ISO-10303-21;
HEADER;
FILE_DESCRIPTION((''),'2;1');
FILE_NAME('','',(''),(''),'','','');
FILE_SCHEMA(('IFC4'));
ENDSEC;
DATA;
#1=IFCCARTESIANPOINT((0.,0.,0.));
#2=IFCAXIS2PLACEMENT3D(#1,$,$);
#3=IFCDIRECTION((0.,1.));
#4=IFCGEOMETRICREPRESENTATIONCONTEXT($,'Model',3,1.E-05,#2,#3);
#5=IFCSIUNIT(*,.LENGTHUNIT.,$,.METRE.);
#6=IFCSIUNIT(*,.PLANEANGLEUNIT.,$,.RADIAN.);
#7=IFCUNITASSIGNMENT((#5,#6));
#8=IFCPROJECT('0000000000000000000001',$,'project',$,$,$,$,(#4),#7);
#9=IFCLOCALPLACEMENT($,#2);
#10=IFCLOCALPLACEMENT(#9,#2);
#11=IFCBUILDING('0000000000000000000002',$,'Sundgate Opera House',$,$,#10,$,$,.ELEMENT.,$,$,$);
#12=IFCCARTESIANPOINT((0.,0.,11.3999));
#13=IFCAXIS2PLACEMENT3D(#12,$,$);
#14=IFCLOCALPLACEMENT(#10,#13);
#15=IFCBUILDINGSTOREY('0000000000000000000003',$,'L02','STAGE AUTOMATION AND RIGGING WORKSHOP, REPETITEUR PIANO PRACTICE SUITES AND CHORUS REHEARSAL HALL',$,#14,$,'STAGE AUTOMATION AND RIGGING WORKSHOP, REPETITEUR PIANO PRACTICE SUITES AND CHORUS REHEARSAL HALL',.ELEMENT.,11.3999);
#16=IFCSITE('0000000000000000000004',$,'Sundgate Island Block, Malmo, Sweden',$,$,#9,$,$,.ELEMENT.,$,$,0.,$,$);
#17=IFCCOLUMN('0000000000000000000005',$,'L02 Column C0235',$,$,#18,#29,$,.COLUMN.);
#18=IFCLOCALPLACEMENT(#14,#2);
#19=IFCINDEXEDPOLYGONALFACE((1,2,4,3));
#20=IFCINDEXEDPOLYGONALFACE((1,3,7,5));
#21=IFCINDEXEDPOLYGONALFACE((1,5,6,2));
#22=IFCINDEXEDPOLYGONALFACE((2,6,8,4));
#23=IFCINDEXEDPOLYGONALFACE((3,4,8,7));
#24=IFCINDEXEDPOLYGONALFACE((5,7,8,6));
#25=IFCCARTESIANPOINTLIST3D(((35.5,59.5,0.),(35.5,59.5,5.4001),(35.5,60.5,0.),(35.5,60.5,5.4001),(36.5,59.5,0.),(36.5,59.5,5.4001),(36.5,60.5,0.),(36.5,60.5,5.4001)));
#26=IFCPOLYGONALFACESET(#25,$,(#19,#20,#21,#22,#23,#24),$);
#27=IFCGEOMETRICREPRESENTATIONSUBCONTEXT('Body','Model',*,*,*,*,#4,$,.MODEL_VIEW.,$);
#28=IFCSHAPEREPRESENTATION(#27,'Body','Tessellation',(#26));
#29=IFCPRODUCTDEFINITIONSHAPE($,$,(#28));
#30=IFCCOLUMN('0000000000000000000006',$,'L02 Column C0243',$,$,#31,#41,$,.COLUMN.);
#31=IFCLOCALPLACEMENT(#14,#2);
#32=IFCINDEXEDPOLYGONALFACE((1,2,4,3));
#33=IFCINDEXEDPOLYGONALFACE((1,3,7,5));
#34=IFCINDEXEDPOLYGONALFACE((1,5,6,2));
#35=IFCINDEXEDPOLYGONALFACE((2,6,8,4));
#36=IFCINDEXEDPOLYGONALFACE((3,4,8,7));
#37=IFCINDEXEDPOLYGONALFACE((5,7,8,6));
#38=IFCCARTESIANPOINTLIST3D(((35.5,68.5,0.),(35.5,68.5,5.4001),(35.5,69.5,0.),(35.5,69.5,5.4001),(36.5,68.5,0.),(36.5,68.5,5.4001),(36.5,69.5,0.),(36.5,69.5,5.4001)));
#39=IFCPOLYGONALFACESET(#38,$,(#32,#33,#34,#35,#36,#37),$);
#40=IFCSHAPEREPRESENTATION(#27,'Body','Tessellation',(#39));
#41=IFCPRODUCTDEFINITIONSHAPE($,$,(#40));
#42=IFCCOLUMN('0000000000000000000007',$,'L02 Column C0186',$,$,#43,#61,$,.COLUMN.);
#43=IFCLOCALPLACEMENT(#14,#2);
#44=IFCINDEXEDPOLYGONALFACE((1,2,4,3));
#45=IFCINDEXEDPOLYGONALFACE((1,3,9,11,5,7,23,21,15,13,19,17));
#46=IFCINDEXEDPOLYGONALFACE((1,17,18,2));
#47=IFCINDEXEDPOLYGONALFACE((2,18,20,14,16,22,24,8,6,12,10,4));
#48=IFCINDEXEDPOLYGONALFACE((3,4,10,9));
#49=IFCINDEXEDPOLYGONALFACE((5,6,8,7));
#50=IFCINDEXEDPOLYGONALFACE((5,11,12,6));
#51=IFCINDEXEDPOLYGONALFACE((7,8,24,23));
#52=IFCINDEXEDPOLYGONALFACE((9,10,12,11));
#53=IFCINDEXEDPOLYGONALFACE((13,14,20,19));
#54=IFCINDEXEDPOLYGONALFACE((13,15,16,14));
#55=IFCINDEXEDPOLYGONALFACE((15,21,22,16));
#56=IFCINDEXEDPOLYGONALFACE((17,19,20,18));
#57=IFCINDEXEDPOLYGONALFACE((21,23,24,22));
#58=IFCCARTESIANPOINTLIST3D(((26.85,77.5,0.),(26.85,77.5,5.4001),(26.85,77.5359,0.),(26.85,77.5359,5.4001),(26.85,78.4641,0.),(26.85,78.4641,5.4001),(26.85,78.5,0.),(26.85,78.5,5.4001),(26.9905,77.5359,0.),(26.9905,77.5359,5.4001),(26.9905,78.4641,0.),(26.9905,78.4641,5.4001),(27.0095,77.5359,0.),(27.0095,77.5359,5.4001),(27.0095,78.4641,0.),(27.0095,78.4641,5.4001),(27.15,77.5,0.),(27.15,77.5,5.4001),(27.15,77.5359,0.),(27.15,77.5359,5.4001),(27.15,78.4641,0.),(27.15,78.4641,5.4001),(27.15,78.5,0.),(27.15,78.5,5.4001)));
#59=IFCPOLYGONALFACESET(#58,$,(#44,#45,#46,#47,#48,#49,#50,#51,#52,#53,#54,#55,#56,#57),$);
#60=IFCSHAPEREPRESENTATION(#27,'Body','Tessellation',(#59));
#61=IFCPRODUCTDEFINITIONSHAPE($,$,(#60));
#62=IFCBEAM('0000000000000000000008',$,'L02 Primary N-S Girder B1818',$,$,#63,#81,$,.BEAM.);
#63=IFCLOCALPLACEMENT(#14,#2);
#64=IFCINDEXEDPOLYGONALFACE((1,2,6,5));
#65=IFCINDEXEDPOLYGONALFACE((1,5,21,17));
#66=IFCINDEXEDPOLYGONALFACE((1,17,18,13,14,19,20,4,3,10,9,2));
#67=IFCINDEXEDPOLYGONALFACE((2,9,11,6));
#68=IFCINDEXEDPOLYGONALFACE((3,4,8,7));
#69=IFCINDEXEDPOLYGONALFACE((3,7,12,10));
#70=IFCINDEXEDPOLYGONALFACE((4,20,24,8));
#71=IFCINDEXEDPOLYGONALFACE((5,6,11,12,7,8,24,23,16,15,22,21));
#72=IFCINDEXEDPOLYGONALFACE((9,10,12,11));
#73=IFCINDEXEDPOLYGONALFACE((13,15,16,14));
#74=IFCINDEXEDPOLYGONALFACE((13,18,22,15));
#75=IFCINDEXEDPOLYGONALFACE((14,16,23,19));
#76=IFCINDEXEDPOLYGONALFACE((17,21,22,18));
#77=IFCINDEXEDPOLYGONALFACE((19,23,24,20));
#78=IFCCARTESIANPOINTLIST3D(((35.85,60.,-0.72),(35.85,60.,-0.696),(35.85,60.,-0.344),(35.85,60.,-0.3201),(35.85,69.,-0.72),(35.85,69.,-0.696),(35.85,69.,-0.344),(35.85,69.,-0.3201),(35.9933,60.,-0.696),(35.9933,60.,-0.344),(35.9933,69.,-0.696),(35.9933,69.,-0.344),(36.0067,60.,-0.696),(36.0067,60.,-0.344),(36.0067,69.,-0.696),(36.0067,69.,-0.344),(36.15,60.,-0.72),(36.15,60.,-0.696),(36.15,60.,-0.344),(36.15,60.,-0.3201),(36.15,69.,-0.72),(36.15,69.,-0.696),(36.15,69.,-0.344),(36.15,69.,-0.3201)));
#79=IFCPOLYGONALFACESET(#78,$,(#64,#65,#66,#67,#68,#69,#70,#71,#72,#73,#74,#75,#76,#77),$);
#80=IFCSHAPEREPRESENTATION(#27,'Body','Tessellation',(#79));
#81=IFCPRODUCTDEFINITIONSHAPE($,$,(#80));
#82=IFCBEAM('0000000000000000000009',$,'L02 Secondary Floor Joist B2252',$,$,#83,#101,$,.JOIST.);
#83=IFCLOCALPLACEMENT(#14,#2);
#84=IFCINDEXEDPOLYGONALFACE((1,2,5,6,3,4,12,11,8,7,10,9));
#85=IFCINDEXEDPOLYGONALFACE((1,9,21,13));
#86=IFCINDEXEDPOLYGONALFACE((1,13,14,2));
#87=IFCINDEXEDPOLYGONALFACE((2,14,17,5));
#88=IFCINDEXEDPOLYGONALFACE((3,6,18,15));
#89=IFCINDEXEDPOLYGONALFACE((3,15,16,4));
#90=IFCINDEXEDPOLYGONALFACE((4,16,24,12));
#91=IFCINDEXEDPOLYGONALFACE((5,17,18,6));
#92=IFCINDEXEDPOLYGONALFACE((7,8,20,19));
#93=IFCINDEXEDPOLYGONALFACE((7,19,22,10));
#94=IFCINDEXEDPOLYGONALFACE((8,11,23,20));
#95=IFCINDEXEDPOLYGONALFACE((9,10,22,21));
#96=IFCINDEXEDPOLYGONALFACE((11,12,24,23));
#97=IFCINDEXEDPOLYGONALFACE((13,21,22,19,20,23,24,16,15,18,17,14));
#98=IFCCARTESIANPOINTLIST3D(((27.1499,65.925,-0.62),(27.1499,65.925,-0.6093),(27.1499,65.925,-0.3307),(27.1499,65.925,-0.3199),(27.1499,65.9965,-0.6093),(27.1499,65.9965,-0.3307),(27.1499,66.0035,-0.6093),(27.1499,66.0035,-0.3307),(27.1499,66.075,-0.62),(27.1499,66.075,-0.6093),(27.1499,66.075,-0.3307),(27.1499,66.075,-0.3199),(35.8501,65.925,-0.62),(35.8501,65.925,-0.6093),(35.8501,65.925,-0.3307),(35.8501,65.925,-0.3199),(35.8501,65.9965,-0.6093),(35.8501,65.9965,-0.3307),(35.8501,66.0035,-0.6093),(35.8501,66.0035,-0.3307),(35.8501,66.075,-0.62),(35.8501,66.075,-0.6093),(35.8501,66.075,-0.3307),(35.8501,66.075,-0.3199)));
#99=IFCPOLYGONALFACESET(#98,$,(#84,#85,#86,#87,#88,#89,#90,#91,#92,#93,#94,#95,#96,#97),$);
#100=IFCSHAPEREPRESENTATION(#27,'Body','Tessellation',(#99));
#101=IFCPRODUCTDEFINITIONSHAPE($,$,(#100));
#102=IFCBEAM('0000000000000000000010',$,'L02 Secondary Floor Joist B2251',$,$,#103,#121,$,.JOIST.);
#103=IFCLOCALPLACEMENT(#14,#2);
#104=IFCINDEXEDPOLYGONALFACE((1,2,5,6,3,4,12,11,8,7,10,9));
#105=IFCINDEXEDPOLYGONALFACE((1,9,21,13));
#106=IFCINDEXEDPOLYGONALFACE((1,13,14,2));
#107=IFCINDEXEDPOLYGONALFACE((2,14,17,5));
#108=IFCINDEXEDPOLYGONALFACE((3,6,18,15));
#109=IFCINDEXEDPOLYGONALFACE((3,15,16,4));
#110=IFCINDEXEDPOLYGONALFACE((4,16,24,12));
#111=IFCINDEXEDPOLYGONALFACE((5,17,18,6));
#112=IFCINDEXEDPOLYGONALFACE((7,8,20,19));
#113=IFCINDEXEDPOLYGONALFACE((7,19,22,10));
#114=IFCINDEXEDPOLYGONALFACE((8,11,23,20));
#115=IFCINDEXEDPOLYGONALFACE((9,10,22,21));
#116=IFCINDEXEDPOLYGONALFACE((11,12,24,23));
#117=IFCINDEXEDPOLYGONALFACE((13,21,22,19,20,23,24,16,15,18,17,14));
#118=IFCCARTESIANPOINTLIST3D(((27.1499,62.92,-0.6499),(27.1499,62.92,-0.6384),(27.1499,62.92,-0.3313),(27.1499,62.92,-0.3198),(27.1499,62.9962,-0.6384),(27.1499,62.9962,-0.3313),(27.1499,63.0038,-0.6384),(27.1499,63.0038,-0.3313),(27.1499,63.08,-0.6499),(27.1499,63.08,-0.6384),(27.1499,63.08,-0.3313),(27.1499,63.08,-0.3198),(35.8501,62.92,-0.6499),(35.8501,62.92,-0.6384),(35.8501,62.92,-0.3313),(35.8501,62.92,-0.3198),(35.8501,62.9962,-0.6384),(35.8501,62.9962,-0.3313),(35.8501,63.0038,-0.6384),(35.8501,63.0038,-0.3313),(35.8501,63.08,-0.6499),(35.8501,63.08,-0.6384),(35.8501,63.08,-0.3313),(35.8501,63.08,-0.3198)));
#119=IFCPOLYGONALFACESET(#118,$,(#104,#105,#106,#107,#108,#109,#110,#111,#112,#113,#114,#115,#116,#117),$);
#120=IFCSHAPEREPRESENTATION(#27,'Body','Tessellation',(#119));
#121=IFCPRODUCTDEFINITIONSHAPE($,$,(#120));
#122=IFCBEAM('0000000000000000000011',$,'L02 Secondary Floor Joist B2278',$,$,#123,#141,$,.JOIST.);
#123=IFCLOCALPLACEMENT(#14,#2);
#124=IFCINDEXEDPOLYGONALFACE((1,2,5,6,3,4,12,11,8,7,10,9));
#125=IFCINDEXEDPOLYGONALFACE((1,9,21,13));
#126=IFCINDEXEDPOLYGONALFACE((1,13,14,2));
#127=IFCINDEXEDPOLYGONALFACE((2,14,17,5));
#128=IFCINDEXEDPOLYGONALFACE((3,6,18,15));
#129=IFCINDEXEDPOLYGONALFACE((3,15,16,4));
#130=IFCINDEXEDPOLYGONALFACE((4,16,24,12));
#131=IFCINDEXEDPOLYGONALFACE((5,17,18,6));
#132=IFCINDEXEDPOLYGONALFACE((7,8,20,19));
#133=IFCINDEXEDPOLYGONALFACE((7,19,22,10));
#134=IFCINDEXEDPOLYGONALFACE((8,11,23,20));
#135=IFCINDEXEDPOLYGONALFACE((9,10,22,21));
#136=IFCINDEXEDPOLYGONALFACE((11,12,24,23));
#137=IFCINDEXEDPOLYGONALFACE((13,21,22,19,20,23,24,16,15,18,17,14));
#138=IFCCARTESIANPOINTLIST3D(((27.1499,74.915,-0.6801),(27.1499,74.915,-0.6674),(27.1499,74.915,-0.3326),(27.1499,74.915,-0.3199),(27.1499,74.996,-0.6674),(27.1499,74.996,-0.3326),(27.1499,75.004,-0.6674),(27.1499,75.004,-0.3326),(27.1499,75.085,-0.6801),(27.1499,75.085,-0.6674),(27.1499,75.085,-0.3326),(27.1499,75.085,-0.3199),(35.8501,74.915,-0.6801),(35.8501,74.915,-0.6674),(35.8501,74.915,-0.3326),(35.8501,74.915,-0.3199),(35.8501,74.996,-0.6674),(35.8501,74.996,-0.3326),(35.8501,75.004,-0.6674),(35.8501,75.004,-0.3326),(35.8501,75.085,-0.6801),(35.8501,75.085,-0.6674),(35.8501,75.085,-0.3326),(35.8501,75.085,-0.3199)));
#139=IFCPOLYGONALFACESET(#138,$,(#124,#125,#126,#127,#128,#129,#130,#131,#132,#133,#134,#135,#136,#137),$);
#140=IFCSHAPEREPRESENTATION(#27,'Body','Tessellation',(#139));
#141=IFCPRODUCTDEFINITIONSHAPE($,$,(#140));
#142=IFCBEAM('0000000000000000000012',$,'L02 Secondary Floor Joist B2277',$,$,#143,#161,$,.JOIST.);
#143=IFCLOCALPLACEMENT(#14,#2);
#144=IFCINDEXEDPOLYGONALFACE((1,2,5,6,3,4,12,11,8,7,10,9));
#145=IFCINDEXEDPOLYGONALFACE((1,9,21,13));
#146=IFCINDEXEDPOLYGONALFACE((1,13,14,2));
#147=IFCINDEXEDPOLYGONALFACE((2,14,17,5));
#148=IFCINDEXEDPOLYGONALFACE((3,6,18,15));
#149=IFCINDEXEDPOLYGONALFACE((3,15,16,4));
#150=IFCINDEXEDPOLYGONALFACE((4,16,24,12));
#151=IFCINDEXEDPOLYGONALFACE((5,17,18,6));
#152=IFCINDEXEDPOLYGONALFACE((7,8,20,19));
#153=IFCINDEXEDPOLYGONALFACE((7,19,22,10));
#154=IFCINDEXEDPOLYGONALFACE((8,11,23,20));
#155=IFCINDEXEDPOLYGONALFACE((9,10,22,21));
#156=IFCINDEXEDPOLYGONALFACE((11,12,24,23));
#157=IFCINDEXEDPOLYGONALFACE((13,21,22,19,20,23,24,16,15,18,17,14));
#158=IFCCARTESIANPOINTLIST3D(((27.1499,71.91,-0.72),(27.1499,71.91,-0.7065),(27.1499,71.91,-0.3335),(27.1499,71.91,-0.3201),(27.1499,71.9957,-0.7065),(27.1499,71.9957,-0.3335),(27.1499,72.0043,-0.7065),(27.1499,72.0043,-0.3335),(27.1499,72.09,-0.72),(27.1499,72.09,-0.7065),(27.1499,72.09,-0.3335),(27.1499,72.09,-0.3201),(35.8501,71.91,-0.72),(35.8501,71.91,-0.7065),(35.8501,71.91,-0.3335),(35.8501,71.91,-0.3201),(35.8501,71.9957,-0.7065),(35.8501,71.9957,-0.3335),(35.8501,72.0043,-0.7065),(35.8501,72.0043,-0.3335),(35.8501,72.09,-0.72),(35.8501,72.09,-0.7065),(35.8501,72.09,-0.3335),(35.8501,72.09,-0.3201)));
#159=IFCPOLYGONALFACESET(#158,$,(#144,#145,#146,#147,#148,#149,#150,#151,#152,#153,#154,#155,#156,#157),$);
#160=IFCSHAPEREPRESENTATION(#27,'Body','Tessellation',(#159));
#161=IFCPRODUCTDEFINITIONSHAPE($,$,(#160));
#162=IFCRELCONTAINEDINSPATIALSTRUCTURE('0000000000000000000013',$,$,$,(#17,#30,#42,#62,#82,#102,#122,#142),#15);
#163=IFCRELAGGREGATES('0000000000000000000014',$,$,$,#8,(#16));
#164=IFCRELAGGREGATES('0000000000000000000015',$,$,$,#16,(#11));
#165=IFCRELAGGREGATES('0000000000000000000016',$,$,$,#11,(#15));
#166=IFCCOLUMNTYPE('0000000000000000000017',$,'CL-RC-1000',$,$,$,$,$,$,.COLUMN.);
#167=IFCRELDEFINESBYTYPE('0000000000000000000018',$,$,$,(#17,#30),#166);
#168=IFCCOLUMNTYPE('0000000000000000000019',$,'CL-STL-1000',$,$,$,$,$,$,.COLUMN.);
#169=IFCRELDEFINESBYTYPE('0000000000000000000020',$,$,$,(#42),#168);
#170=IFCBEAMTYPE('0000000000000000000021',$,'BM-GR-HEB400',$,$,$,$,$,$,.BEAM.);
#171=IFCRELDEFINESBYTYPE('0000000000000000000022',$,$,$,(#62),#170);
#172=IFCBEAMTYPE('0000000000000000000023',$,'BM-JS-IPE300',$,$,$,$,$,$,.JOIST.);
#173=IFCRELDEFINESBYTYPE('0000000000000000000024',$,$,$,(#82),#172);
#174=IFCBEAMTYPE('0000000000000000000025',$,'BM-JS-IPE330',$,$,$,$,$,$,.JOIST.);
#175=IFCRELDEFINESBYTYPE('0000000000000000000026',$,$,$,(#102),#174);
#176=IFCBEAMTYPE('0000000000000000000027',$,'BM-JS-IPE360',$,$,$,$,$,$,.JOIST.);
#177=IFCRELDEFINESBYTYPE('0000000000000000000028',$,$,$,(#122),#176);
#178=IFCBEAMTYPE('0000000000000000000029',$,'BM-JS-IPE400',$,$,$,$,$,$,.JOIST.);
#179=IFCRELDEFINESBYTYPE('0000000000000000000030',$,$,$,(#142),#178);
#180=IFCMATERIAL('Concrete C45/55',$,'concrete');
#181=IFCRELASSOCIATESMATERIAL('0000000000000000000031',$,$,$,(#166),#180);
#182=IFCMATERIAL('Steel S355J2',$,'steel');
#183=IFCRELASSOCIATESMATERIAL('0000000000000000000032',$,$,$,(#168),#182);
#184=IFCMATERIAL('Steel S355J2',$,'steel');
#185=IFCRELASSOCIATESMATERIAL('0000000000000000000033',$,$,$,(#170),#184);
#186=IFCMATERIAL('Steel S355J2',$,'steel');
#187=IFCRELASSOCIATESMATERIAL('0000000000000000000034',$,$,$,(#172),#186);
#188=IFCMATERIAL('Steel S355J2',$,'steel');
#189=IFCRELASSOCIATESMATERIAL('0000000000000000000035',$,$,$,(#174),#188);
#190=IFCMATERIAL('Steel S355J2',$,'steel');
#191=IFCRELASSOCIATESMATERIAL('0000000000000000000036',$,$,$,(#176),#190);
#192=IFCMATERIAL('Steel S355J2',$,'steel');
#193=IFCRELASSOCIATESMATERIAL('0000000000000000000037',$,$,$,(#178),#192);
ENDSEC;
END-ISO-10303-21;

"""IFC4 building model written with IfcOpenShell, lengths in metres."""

from ifc_helpers import new_model, si_unit, direction, frame, origin, origin_2d, place, context, subcontext, project, spatial, rectangle, i_section, extrude, material, material_profile, profile_set, type_object, element, save


model = new_model("IFC4")

# Units and contexts
model_context = context("Model", 3, precision=1e-05, world=origin(), true_north=direction((0.0, 1.0)))
body_context = subcontext(model_context, "Body", "Model", "MODEL_VIEW")
ifc_project = project(units=[si_unit("LENGTHUNIT", "METRE"), si_unit("PLANEANGLEUNIT", "RADIAN")], contexts=[model_context])

# Site, building, storey
site_placement = place(None, origin())
site = spatial("IfcSite", under=ifc_project, at=site_placement, Name="Sundgate Island Block, Malmo, Sweden", CompositionType="ELEMENT", RefElevation=0.0)
building_placement = place(site_placement, origin())
building = spatial("IfcBuilding", under=site, at=building_placement, Name="Sundgate Opera House", CompositionType="ELEMENT")
storey_placement = place(building_placement, frame((0.0, 0.0, 11.3999)))
storey = spatial("IfcBuildingStorey", under=building, at=storey_placement, Name="L02", Description="STAGE AUTOMATION AND RIGGING WORKSHOP, REPETITEUR PIANO PRACTICE SUITES AND CHORUS REHEARSAL HALL", LongName="STAGE AUTOMATION AND RIGGING WORKSHOP, REPETITEUR PIANO PRACTICE SUITES AND CHORUS REHEARSAL HALL", CompositionType="ELEMENT", Elevation=11.3999)

# Columns
ifc_material_1 = material(Name="Concrete C45/55", Category="concrete")
ifc_material_profile_1 = material_profile(ifc_material_1, rectangle(XDim=1.0, YDim=1.0, at=origin_2d()), Name="RC 1000x1000")
ifc_profile_set_1 = profile_set([ifc_material_profile_1], Name="Concrete C45/55")
column_type_1 = type_object("IfcColumnType", Name="CL-RC-1000", PredefinedType="COLUMN", material=ifc_profile_set_1)
for number, where, z_axis, x_axis, name in (
    (1, (36.0, 60.0, 0.0), (0.0, 0.0, 1.0), (1.0, 0.0, 0.0), "L02 Column C0235"),
    (2, (36.0, 69.0, 0.0), (0.0, 0.0, 1.0), (1.0, 0.0, 0.0), "L02 Column C0243"),
):
    element("IfcColumn", number, at=place(storey_placement, frame(where, z_axis=z_axis, x_axis=x_axis)), inside=storey, type_object=column_type_1, Name=name, PredefinedType="COLUMN", context=body_context, shape_type="SweptSolid", body=[
        extrude(rectangle(XDim=1.0, YDim=1.0, at=origin_2d()), origin(), (0.0, 0.0, 1.0), 5.4001),
    ])
ifc_material_2 = material(Name="Steel S355J2", Category="steel")
ifc_material_profile_2 = material_profile(ifc_material_2, i_section(OverallWidth=0.3, OverallDepth=1.0, WebThickness=0.019, FlangeThickness=0.0359, at=origin_2d()), Name="HEB 1000")
ifc_profile_set_2 = profile_set([ifc_material_profile_2], Name="Steel S355J2")
column_type_2 = type_object("IfcColumnType", Name="CL-STL-1000", PredefinedType="COLUMN", material=ifc_profile_set_2)
column_placement = place(storey_placement, frame((27.0, 78.0, 0.0), z_axis=(0.0, 0.0, 1.0), x_axis=(1.0, 0.0, 0.0)))
element("IfcColumn", 3, at=column_placement, inside=storey, type_object=column_type_2, Name="L02 Column C0186", PredefinedType="COLUMN", context=body_context, shape_type="SweptSolid", body=[
    extrude(i_section(OverallWidth=0.3, OverallDepth=1.0, WebThickness=0.019, FlangeThickness=0.0359, at=origin_2d()), origin(), (0.0, 0.0, 1.0), 5.4001),
])

# Beams
ifc_material_3 = material(Name="Steel S355J2", Category="steel")
ifc_material_profile_3 = material_profile(ifc_material_3, i_section(OverallWidth=0.3, OverallDepth=0.3999, WebThickness=0.0134, FlangeThickness=0.0239, at=origin_2d()), Name="HEB 400")
ifc_profile_set_3 = profile_set([ifc_material_profile_3], Name="Steel S355J2")
beam_type_1 = type_object("IfcBeamType", Name="BM-GR-HEB400", PredefinedType="BEAM", material=ifc_profile_set_3)
beam_1_placement = place(storey_placement, frame((36.0, 60.0, -0.52), z_axis=(0.0, 1.0, 0.0), x_axis=(-1.0, 0.0, 0.0)))
element("IfcBeam", 4, at=beam_1_placement, inside=storey, type_object=beam_type_1, Name="L02 Primary N-S Girder B1818", PredefinedType="BEAM", context=body_context, shape_type="SweptSolid", body=[
    extrude(i_section(OverallWidth=0.3, OverallDepth=0.3999, WebThickness=0.0134, FlangeThickness=0.0239, at=origin_2d()), origin(), (0.0, 0.0, 1.0), 9.0),
])
ifc_material_4 = material(Name="Steel S355J2", Category="steel")
ifc_material_profile_4 = material_profile(ifc_material_4, i_section(OverallWidth=0.1499, OverallDepth=0.3, WebThickness=0.0071, FlangeThickness=0.0107, at=origin_2d()), Name="IPE 300")
ifc_profile_set_4 = profile_set([ifc_material_profile_4], Name="Steel S355J2")
beam_type_2 = type_object("IfcBeamType", Name="BM-JS-IPE300", PredefinedType="JOIST", material=ifc_profile_set_4)
beam_2_placement = place(storey_placement, frame((27.1499, 66.0, -0.47), z_axis=(1.0, 0.0, 0.0), x_axis=(0.0, 1.0, 0.0)))
element("IfcBeam", 5, at=beam_2_placement, inside=storey, type_object=beam_type_2, Name="L02 Secondary Floor Joist B2252", PredefinedType="JOIST", context=body_context, shape_type="SweptSolid", body=[
    extrude(i_section(OverallWidth=0.1499, OverallDepth=0.3, WebThickness=0.0071, FlangeThickness=0.0107, at=origin_2d()), origin(), (0.0, 0.0, 1.0), 8.7002),
])
ifc_material_5 = material(Name="Steel S355J2", Category="steel")
ifc_material_profile_5 = material_profile(ifc_material_5, i_section(OverallWidth=0.1599, OverallDepth=0.3301, WebThickness=0.0076, FlangeThickness=0.0115, at=origin_2d()), Name="IPE 330")
ifc_profile_set_5 = profile_set([ifc_material_profile_5], Name="Steel S355J2")
beam_type_3 = type_object("IfcBeamType", Name="BM-JS-IPE330", PredefinedType="JOIST", material=ifc_profile_set_5)
beam_3_placement = place(storey_placement, frame((27.1499, 63.0, -0.4849), z_axis=(1.0, 0.0, 0.0), x_axis=(0.0, 1.0, 0.0)))
element("IfcBeam", 6, at=beam_3_placement, inside=storey, type_object=beam_type_3, Name="L02 Secondary Floor Joist B2251", PredefinedType="JOIST", context=body_context, shape_type="SweptSolid", body=[
    extrude(i_section(OverallWidth=0.1599, OverallDepth=0.3301, WebThickness=0.0076, FlangeThickness=0.0115, at=origin_2d()), origin(), (0.0, 0.0, 1.0), 8.7002),
])
ifc_material_6 = material(Name="Steel S355J2", Category="steel")
ifc_material_profile_6 = material_profile(ifc_material_6, i_section(OverallWidth=0.1699, OverallDepth=0.3601, WebThickness=0.0081, FlangeThickness=0.0127, at=origin_2d()), Name="IPE 360")
ifc_profile_set_6 = profile_set([ifc_material_profile_6], Name="Steel S355J2")
beam_type_4 = type_object("IfcBeamType", Name="BM-JS-IPE360", PredefinedType="JOIST", material=ifc_profile_set_6)
beam_4_placement = place(storey_placement, frame((27.1499, 75.0, -0.5), z_axis=(1.0, 0.0, 0.0), x_axis=(0.0, 1.0, 0.0)))
element("IfcBeam", 7, at=beam_4_placement, inside=storey, type_object=beam_type_4, Name="L02 Secondary Floor Joist B2278", PredefinedType="JOIST", context=body_context, shape_type="SweptSolid", body=[
    extrude(i_section(OverallWidth=0.1699, OverallDepth=0.3601, WebThickness=0.0081, FlangeThickness=0.0127, at=origin_2d()), origin(), (0.0, 0.0, 1.0), 8.7002),
])
ifc_material_7 = material(Name="Steel S355J2", Category="steel")
ifc_material_profile_7 = material_profile(ifc_material_7, i_section(OverallWidth=0.1799, OverallDepth=0.3999, WebThickness=0.0085, FlangeThickness=0.0134, at=origin_2d()), Name="IPE 400")
ifc_profile_set_7 = profile_set([ifc_material_profile_7], Name="Steel S355J2")
beam_type_5 = type_object("IfcBeamType", Name="BM-JS-IPE400", PredefinedType="JOIST", material=ifc_profile_set_7)
beam_5_placement = place(storey_placement, frame((27.1499, 72.0, -0.52), z_axis=(1.0, 0.0, 0.0), x_axis=(0.0, 1.0, 0.0)))
element("IfcBeam", 8, at=beam_5_placement, inside=storey, type_object=beam_type_5, Name="L02 Secondary Floor Joist B2277", PredefinedType="JOIST", context=body_context, shape_type="SweptSolid", body=[
    extrude(i_section(OverallWidth=0.1799, OverallDepth=0.3999, WebThickness=0.0085, FlangeThickness=0.0134, at=origin_2d()), origin(), (0.0, 0.0, 1.0), 8.7002),
])

save(model, "model.ifc")
